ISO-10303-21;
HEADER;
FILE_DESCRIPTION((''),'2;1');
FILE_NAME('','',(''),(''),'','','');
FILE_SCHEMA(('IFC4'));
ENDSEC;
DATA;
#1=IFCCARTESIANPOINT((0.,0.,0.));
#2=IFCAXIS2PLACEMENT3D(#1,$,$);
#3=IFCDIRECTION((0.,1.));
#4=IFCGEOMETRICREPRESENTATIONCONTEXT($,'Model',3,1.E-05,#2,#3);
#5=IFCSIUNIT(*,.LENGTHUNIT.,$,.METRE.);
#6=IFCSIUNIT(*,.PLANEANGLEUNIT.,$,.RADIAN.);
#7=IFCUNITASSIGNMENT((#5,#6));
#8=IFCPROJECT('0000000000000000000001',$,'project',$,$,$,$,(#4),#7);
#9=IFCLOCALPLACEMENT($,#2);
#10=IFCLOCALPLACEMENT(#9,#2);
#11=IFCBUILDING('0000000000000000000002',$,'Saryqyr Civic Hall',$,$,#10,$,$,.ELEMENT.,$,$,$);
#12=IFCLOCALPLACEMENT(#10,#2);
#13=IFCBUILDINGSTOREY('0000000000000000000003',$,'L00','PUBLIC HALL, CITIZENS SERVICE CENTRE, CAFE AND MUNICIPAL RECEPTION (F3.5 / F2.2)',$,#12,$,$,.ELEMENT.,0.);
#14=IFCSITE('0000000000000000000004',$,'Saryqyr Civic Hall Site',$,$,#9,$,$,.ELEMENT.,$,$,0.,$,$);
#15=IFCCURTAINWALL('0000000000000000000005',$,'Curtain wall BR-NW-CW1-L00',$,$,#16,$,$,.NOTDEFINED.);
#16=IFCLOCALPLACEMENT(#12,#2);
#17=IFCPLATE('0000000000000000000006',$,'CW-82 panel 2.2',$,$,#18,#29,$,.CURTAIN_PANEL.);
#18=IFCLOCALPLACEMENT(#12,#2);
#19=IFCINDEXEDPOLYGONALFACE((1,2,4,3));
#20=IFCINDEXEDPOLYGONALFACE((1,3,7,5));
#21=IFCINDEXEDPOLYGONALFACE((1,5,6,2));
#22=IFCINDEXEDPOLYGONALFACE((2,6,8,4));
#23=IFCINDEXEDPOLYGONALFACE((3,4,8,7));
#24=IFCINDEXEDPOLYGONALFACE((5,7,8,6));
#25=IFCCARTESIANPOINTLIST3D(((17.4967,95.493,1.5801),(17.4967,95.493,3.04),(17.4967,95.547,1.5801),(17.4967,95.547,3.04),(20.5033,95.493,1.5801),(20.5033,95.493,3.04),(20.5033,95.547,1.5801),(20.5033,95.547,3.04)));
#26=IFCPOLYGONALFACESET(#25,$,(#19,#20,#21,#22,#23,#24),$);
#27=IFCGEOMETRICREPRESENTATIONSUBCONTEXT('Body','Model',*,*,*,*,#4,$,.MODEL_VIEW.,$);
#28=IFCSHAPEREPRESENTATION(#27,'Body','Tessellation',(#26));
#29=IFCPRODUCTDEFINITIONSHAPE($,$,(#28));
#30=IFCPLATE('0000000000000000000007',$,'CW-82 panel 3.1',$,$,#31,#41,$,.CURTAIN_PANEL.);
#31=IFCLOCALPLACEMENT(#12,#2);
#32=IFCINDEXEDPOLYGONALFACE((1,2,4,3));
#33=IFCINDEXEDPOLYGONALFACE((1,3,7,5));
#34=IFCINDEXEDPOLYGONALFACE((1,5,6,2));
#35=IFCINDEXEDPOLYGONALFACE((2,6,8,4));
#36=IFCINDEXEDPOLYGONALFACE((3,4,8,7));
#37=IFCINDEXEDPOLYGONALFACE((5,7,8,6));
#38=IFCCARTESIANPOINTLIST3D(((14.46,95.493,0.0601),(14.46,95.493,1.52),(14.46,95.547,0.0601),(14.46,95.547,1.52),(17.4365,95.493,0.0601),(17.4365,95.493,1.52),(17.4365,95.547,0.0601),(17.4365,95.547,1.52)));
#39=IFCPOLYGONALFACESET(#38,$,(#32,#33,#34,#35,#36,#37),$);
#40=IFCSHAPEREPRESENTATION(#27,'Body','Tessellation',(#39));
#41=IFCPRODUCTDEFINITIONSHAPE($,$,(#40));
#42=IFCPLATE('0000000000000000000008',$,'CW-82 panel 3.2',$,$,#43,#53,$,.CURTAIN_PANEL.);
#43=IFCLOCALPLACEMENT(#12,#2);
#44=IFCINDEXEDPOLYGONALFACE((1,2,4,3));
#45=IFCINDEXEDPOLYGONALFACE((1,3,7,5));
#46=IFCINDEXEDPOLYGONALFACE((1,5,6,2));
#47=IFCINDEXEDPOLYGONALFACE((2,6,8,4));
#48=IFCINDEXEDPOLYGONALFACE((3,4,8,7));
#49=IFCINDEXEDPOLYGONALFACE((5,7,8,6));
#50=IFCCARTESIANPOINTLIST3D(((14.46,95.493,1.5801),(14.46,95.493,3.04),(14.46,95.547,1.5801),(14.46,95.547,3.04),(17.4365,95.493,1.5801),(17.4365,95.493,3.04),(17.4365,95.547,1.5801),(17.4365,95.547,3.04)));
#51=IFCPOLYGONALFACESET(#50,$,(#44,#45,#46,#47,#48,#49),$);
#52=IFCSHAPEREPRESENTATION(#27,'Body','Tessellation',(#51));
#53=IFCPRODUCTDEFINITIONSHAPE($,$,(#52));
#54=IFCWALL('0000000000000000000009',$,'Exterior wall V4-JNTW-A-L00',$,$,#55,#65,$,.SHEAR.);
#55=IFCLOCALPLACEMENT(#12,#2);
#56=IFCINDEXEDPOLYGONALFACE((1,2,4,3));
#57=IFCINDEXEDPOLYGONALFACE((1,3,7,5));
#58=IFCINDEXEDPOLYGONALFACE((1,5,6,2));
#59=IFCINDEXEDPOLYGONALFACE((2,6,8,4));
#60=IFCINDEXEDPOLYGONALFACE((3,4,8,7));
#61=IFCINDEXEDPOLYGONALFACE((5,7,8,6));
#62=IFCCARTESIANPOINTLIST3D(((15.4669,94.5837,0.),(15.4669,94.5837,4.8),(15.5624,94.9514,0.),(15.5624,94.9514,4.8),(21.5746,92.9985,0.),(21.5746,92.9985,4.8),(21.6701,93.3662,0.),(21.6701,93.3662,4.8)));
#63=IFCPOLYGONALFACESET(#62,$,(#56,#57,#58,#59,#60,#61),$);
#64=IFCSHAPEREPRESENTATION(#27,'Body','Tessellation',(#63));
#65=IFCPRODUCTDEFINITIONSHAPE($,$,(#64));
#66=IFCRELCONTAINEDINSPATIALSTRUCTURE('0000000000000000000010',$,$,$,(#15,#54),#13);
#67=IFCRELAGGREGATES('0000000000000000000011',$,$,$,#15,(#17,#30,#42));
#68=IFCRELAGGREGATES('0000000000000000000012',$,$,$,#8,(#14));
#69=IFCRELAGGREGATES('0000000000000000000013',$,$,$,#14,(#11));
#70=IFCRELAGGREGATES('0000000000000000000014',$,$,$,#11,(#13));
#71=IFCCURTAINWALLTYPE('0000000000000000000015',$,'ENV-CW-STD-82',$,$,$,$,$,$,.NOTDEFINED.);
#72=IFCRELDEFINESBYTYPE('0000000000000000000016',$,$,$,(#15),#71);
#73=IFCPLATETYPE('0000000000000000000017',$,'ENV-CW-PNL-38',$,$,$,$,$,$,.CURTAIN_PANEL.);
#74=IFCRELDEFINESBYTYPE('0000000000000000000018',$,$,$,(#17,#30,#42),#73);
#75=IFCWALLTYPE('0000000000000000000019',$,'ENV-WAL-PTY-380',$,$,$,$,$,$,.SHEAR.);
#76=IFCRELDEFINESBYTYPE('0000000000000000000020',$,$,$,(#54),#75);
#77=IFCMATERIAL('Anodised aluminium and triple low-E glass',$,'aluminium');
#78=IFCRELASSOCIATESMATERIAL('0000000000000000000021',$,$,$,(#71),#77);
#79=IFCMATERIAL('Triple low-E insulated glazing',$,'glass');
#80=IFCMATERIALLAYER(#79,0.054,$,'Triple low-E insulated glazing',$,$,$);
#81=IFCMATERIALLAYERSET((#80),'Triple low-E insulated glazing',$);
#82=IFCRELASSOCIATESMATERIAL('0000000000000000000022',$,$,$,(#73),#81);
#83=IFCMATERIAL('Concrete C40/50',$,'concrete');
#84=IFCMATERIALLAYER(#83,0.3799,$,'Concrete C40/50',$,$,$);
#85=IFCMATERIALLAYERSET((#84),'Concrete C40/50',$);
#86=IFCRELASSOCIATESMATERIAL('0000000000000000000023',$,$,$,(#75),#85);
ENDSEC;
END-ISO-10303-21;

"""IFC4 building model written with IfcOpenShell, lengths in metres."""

from ifc_helpers import new_model, si_unit, direction, frame, frame_2d, origin, origin_2d, place, context, subcontext, project, spatial, rectangle, extrude, material, layer, layer_set, type_object, element, aggregate, save


model = new_model("IFC4")

# Units and contexts
model_context = context("Model", 3, precision=1e-05, world=origin(), true_north=direction((0.0, 1.0)))
body_context = subcontext(model_context, "Body", "Model", "MODEL_VIEW")
ifc_project = project(units=[si_unit("LENGTHUNIT", "METRE"), si_unit("PLANEANGLEUNIT", "RADIAN")], contexts=[model_context])

# Site, building, storey
site_placement = place(None, origin())
site = spatial("IfcSite", under=ifc_project, at=site_placement, Name="Saryqyr Civic Hall Site", CompositionType="ELEMENT", RefElevation=0.0)
building_placement = place(site_placement, origin())
building = spatial("IfcBuilding", under=site, at=building_placement, Name="Saryqyr Civic Hall", CompositionType="ELEMENT")
storey_placement = place(building_placement, origin())
storey = spatial("IfcBuildingStorey", under=building, at=storey_placement, Name="L00", Description="PUBLIC HALL, CITIZENS SERVICE CENTRE, CAFE AND MUNICIPAL RECEPTION (F3.5 / F2.2)", CompositionType="ELEMENT", Elevation=0.0)

# Shared definitions
ifc_material_1 = material(Name="Concrete C40/50", Category="concrete")

# Shared definitions
ifc_material_2 = material(Name="Anodised aluminium and triple low-E glass", Category="aluminium")

# Curtain wall
curtain_wall_type_1 = type_object("IfcCurtainWallType", Name="ENV-CW-STD-82", PredefinedType="NOTDEFINED", material=ifc_material_2)
curtain_wall_1_placement = place(storey_placement, origin())
curtain_wall_1 = element("IfcCurtainWall", 1, at=curtain_wall_1_placement, inside=storey, type_object=curtain_wall_type_1, Name="Curtain wall BR-NW-CW1-L00", PredefinedType="NOTDEFINED")

# Plates
ifc_material_3 = material(Name="Triple low-E insulated glazing", Category="glass")
ifc_layer_1 = layer(ifc_material_3, 0.054, Name="Triple low-E insulated glazing")
ifc_layer_set_1 = layer_set([ifc_layer_1], Name="Triple low-E insulated glazing")
plate_type = type_object("IfcPlateType", Name="ENV-CW-PNL-38", PredefinedType="CURTAIN_PANEL", material=ifc_layer_set_1)
plate_1_placement = place(storey_placement, frame((19.0, 95.52, 1.5801), z_axis=(0.0, 0.0, 1.0), x_axis=(-1.0, 0.0, 0.0)))
plate_1 = element("IfcPlate", 2, at=plate_1_placement, type_object=plate_type, Name="CW-82 panel 2.2", PredefinedType="CURTAIN_PANEL", context=body_context, shape_type="SweptSolid", body=[
    extrude(rectangle(XDim=3.0066, YDim=0.054, at=origin_2d()), origin(), (0.0, 0.0, 1.0), 1.46),
])
plate_2_placement = place(storey_placement, frame((15.9482, 95.52, 0.0601), z_axis=(0.0, 0.0, 1.0), x_axis=(-1.0, 0.0, 0.0)))
plate_2 = element("IfcPlate", 3, at=plate_2_placement, type_object=plate_type, Name="CW-82 panel 3.1", PredefinedType="CURTAIN_PANEL", context=body_context, shape_type="SweptSolid", body=[
    extrude(rectangle(XDim=2.9766, YDim=0.054, at=origin_2d()), origin(), (0.0, 0.0, 1.0), 1.46),
])
plate_3_placement = place(storey_placement, frame((15.9482, 95.52, 1.5801), z_axis=(0.0, 0.0, 1.0), x_axis=(-1.0, 0.0, 0.0)))
plate_3 = element("IfcPlate", 4, at=plate_3_placement, type_object=plate_type, Name="CW-82 panel 3.2", PredefinedType="CURTAIN_PANEL", context=body_context, shape_type="SweptSolid", body=[
    extrude(rectangle(XDim=2.9766, YDim=0.054, at=origin_2d()), origin(), (0.0, 0.0, 1.0), 1.46),
])
aggregate(curtain_wall_1, [plate_1, plate_2, plate_3])

# Wall
ifc_layer_2 = layer(ifc_material_1, 0.3799, Name="Concrete C40/50")
ifc_layer_set_2 = layer_set([ifc_layer_2], Name="Concrete C40/50")
wall_type_1 = type_object("IfcWallType", Name="ENV-WAL-PTY-380", PredefinedType="SHEAR", material=ifc_layer_set_2)
wall_1_placement = place(storey_placement, frame((15.5146, 94.7676, 0.0), z_axis=(0.0, 0.0, 1.0), x_axis=(0.96793, -0.25122, 0.0)))
element("IfcWall", 5, at=wall_1_placement, inside=storey, type_object=wall_type_1, Name="Exterior wall V4-JNTW-A-L00", PredefinedType="SHEAR", context=body_context, shape_type="SweptSolid", body=[
    extrude(rectangle(XDim=6.3101, YDim=0.3799, at=frame_2d((3.155, 0.0))), origin(), (0.0, 0.0, 1.0), 4.8),
])

save(model, "model.ifc")
